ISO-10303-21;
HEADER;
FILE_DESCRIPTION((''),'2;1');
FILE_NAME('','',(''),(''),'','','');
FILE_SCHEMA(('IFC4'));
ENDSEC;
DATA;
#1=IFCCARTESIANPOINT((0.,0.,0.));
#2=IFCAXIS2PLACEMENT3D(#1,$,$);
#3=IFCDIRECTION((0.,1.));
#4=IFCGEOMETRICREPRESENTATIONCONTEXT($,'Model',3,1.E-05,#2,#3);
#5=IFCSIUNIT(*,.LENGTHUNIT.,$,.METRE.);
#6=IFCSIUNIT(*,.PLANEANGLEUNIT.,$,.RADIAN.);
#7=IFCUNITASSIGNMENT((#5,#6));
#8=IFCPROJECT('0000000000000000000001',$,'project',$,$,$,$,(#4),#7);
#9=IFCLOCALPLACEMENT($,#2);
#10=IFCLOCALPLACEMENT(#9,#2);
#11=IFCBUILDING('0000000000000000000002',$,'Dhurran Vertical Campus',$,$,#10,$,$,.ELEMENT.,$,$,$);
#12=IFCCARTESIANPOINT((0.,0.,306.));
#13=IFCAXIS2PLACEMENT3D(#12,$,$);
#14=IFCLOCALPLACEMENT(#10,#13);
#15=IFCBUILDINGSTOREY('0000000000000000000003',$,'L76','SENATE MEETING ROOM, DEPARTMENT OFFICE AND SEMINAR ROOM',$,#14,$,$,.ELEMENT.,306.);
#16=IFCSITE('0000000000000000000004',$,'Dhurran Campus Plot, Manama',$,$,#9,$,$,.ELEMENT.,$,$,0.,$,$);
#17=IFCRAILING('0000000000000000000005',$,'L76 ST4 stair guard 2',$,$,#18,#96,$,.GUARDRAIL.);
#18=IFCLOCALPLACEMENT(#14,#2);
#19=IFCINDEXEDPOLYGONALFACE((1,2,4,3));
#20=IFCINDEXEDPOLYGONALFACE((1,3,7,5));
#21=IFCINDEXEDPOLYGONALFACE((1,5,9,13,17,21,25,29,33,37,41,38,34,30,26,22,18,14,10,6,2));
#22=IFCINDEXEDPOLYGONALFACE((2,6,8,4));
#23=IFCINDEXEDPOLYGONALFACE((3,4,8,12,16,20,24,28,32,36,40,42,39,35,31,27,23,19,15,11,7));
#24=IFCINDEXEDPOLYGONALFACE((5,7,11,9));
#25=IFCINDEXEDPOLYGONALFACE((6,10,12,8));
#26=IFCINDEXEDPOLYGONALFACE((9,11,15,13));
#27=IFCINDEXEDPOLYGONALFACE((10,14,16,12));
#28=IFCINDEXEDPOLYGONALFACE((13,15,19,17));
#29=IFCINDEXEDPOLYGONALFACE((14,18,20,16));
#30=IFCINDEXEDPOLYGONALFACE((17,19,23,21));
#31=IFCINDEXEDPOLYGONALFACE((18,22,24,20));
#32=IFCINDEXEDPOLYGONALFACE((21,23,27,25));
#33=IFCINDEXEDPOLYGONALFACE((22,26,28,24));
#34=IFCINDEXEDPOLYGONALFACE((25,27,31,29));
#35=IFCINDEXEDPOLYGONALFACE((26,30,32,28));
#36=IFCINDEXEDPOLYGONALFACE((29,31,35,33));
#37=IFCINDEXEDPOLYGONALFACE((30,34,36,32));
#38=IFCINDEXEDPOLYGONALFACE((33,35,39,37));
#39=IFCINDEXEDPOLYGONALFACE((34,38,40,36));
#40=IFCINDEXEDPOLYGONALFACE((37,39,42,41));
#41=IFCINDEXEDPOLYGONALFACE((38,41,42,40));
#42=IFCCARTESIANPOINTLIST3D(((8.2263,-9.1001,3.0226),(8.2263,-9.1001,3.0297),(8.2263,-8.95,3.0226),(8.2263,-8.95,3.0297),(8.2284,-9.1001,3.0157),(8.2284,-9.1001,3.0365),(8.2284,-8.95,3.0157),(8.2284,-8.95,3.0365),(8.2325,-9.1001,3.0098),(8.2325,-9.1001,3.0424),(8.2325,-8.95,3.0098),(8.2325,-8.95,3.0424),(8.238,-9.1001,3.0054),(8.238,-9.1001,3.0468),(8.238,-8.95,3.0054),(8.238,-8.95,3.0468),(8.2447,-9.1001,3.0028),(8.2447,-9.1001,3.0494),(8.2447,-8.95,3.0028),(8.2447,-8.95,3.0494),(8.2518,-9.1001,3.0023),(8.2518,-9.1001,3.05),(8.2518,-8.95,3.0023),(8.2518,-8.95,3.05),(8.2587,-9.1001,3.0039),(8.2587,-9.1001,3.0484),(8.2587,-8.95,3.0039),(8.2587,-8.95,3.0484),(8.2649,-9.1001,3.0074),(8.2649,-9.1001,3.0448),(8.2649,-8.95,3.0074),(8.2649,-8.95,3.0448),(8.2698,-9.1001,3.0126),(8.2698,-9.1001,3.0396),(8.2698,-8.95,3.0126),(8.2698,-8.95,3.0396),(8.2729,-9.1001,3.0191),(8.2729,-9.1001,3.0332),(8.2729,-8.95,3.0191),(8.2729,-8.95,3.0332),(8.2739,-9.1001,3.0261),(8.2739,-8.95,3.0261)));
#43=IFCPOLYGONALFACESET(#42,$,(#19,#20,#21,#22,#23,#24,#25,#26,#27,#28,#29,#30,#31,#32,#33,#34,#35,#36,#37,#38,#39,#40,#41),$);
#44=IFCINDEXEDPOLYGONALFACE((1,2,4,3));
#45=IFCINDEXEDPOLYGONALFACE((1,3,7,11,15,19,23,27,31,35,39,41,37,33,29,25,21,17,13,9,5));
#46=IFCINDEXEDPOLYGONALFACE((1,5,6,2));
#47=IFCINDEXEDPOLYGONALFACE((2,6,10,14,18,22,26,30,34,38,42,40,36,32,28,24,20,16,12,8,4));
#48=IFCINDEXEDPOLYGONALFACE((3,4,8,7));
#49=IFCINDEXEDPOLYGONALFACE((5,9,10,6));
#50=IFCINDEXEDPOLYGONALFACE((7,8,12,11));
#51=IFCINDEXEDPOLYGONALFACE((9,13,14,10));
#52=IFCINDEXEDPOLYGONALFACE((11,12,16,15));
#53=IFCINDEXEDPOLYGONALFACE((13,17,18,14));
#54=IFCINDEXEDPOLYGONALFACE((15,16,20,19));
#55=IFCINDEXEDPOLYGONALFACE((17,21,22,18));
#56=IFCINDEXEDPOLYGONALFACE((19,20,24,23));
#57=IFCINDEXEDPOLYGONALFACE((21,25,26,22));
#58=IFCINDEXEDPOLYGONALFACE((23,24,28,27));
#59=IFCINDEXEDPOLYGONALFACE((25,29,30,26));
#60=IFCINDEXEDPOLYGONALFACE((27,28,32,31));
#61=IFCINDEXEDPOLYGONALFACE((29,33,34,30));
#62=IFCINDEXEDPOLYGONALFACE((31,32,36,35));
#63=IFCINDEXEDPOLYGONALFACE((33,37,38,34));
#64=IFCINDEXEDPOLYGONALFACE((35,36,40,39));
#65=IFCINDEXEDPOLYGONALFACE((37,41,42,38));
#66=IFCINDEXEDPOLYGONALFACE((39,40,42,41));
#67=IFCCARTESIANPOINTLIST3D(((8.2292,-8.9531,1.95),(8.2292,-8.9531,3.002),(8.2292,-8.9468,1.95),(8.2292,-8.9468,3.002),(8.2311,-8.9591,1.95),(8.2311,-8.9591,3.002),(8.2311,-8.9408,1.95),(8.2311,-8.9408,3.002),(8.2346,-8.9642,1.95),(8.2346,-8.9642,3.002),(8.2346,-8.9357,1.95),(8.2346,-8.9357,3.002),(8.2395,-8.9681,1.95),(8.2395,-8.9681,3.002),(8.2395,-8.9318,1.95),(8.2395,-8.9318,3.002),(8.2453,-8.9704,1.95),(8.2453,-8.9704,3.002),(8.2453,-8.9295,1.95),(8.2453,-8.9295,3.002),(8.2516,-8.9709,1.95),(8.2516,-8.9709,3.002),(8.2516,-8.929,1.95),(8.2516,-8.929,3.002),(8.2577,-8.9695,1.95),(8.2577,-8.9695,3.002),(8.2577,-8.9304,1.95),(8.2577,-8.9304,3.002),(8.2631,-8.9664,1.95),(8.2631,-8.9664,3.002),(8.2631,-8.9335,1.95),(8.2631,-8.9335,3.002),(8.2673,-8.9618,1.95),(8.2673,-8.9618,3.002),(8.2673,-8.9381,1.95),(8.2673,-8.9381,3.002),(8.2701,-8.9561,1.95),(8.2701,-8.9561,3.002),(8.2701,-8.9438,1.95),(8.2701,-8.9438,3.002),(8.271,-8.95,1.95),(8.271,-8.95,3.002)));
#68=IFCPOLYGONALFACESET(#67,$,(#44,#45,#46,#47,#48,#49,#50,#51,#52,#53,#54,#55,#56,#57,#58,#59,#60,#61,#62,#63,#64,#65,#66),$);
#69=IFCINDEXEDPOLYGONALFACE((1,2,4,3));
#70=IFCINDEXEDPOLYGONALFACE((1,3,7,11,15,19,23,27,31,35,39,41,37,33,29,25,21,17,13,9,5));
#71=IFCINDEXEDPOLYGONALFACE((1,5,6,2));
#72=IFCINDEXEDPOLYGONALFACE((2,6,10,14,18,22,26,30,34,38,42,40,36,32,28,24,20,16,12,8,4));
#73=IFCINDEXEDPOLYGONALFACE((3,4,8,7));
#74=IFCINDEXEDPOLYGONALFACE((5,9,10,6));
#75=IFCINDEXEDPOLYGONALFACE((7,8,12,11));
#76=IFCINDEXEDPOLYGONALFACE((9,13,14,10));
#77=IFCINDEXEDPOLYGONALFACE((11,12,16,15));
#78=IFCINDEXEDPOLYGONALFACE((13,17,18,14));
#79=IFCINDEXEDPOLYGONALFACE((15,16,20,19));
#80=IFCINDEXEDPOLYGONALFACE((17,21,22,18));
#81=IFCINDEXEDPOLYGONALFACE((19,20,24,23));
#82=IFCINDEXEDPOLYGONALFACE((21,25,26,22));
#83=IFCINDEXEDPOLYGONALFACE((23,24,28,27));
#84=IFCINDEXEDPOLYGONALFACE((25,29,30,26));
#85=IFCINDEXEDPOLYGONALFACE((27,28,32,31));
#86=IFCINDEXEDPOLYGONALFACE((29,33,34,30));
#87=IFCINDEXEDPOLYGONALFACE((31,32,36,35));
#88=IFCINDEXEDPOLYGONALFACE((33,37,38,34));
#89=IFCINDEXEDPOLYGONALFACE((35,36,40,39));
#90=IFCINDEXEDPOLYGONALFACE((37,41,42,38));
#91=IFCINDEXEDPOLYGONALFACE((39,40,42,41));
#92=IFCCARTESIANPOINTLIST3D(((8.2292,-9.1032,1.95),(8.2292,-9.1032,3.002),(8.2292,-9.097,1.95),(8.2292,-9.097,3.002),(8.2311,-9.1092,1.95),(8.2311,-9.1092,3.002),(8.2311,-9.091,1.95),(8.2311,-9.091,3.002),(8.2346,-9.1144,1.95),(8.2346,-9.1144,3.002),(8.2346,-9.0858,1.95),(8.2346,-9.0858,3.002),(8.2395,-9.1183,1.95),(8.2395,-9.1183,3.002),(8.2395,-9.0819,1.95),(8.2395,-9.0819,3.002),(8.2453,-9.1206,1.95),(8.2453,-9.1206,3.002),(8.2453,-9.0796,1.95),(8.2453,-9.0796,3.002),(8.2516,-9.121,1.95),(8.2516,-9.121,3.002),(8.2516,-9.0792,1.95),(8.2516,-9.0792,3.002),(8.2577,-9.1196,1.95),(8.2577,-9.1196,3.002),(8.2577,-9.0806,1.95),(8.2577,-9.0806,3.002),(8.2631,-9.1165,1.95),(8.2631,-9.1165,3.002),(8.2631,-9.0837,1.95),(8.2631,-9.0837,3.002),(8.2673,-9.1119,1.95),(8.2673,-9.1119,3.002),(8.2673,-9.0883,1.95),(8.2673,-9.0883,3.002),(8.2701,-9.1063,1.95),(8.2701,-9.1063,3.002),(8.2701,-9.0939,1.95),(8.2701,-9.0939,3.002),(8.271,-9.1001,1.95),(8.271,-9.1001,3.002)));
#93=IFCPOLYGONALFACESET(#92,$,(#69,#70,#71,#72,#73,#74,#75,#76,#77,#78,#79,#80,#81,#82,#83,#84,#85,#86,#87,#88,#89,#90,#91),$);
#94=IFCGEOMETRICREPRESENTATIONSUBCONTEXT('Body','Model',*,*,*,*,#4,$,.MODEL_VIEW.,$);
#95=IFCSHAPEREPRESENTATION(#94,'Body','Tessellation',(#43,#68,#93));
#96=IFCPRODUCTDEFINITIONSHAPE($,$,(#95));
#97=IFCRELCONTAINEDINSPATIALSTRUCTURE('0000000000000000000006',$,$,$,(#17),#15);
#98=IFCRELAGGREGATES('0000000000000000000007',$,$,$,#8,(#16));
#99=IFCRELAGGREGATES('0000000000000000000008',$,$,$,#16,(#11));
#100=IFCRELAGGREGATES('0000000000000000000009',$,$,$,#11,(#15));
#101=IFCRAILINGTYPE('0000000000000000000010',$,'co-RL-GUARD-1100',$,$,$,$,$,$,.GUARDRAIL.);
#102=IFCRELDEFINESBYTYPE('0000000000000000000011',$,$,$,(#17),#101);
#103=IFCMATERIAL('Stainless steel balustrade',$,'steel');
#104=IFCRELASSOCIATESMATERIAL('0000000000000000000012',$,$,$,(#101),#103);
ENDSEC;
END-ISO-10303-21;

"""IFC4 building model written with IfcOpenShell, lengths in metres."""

from ifc_helpers import new_model, si_unit, direction, frame, origin, origin_2d, place, context, subcontext, project, spatial, circle, extrude, material, type_object, element, save


model = new_model("IFC4")

# Units and contexts
model_context = context("Model", 3, precision=1e-05, world=origin(), true_north=direction((0.0, 1.0)))
body_context = subcontext(model_context, "Body", "Model", "MODEL_VIEW")
ifc_project = project(units=[si_unit("LENGTHUNIT", "METRE"), si_unit("PLANEANGLEUNIT", "RADIAN")], contexts=[model_context])

# Site, building, storey
site_placement = place(None, origin())
site = spatial("IfcSite", under=ifc_project, at=site_placement, Name="Dhurran Campus Plot, Manama", CompositionType="ELEMENT", RefElevation=0.0)
building_placement = place(site_placement, origin())
building = spatial("IfcBuilding", under=site, at=building_placement, Name="Dhurran Vertical Campus", CompositionType="ELEMENT")
storey_placement = place(building_placement, frame((0.0, 0.0, 306.0)))
storey = spatial("IfcBuildingStorey", under=building, at=storey_placement, Name="L76", Description="SENATE MEETING ROOM, DEPARTMENT OFFICE AND SEMINAR ROOM", CompositionType="ELEMENT", Elevation=306.0)

# Railing
ifc_material_1 = material(Name="Stainless steel balustrade", Category="steel")
railing_type_1 = type_object("IfcRailingType", Name="co-RL-GUARD-1100", PredefinedType="GUARDRAIL", material=ifc_material_1)
railing_1_placement = place(storey_placement, frame((8.25, -8.95, 1.95)))
element("IfcRailing", 1, at=railing_1_placement, inside=storey, type_object=railing_type_1, Name="L76 ST4 stair guard 2", PredefinedType="GUARDRAIL", context=body_context, shape_type="SweptSolid", body=[
    extrude(circle(Radius=0.0239, at=origin_2d()), frame((0.0, 0.0, 1.0762), z_axis=(0.0, -1.0, 0.0), x_axis=(1.0, 0.0, 0.0)), (0.0, 0.0, 1.0), 0.1501),
    extrude(circle(Radius=0.021, at=origin_2d()), origin(), (0.0, 0.0, 1.0), 1.052),
    extrude(circle(Radius=0.021, at=origin_2d()), frame((0.0, -0.1501, 0.0)), (0.0, 0.0, 1.0), 1.052),
])

save(model, "model.ifc")
